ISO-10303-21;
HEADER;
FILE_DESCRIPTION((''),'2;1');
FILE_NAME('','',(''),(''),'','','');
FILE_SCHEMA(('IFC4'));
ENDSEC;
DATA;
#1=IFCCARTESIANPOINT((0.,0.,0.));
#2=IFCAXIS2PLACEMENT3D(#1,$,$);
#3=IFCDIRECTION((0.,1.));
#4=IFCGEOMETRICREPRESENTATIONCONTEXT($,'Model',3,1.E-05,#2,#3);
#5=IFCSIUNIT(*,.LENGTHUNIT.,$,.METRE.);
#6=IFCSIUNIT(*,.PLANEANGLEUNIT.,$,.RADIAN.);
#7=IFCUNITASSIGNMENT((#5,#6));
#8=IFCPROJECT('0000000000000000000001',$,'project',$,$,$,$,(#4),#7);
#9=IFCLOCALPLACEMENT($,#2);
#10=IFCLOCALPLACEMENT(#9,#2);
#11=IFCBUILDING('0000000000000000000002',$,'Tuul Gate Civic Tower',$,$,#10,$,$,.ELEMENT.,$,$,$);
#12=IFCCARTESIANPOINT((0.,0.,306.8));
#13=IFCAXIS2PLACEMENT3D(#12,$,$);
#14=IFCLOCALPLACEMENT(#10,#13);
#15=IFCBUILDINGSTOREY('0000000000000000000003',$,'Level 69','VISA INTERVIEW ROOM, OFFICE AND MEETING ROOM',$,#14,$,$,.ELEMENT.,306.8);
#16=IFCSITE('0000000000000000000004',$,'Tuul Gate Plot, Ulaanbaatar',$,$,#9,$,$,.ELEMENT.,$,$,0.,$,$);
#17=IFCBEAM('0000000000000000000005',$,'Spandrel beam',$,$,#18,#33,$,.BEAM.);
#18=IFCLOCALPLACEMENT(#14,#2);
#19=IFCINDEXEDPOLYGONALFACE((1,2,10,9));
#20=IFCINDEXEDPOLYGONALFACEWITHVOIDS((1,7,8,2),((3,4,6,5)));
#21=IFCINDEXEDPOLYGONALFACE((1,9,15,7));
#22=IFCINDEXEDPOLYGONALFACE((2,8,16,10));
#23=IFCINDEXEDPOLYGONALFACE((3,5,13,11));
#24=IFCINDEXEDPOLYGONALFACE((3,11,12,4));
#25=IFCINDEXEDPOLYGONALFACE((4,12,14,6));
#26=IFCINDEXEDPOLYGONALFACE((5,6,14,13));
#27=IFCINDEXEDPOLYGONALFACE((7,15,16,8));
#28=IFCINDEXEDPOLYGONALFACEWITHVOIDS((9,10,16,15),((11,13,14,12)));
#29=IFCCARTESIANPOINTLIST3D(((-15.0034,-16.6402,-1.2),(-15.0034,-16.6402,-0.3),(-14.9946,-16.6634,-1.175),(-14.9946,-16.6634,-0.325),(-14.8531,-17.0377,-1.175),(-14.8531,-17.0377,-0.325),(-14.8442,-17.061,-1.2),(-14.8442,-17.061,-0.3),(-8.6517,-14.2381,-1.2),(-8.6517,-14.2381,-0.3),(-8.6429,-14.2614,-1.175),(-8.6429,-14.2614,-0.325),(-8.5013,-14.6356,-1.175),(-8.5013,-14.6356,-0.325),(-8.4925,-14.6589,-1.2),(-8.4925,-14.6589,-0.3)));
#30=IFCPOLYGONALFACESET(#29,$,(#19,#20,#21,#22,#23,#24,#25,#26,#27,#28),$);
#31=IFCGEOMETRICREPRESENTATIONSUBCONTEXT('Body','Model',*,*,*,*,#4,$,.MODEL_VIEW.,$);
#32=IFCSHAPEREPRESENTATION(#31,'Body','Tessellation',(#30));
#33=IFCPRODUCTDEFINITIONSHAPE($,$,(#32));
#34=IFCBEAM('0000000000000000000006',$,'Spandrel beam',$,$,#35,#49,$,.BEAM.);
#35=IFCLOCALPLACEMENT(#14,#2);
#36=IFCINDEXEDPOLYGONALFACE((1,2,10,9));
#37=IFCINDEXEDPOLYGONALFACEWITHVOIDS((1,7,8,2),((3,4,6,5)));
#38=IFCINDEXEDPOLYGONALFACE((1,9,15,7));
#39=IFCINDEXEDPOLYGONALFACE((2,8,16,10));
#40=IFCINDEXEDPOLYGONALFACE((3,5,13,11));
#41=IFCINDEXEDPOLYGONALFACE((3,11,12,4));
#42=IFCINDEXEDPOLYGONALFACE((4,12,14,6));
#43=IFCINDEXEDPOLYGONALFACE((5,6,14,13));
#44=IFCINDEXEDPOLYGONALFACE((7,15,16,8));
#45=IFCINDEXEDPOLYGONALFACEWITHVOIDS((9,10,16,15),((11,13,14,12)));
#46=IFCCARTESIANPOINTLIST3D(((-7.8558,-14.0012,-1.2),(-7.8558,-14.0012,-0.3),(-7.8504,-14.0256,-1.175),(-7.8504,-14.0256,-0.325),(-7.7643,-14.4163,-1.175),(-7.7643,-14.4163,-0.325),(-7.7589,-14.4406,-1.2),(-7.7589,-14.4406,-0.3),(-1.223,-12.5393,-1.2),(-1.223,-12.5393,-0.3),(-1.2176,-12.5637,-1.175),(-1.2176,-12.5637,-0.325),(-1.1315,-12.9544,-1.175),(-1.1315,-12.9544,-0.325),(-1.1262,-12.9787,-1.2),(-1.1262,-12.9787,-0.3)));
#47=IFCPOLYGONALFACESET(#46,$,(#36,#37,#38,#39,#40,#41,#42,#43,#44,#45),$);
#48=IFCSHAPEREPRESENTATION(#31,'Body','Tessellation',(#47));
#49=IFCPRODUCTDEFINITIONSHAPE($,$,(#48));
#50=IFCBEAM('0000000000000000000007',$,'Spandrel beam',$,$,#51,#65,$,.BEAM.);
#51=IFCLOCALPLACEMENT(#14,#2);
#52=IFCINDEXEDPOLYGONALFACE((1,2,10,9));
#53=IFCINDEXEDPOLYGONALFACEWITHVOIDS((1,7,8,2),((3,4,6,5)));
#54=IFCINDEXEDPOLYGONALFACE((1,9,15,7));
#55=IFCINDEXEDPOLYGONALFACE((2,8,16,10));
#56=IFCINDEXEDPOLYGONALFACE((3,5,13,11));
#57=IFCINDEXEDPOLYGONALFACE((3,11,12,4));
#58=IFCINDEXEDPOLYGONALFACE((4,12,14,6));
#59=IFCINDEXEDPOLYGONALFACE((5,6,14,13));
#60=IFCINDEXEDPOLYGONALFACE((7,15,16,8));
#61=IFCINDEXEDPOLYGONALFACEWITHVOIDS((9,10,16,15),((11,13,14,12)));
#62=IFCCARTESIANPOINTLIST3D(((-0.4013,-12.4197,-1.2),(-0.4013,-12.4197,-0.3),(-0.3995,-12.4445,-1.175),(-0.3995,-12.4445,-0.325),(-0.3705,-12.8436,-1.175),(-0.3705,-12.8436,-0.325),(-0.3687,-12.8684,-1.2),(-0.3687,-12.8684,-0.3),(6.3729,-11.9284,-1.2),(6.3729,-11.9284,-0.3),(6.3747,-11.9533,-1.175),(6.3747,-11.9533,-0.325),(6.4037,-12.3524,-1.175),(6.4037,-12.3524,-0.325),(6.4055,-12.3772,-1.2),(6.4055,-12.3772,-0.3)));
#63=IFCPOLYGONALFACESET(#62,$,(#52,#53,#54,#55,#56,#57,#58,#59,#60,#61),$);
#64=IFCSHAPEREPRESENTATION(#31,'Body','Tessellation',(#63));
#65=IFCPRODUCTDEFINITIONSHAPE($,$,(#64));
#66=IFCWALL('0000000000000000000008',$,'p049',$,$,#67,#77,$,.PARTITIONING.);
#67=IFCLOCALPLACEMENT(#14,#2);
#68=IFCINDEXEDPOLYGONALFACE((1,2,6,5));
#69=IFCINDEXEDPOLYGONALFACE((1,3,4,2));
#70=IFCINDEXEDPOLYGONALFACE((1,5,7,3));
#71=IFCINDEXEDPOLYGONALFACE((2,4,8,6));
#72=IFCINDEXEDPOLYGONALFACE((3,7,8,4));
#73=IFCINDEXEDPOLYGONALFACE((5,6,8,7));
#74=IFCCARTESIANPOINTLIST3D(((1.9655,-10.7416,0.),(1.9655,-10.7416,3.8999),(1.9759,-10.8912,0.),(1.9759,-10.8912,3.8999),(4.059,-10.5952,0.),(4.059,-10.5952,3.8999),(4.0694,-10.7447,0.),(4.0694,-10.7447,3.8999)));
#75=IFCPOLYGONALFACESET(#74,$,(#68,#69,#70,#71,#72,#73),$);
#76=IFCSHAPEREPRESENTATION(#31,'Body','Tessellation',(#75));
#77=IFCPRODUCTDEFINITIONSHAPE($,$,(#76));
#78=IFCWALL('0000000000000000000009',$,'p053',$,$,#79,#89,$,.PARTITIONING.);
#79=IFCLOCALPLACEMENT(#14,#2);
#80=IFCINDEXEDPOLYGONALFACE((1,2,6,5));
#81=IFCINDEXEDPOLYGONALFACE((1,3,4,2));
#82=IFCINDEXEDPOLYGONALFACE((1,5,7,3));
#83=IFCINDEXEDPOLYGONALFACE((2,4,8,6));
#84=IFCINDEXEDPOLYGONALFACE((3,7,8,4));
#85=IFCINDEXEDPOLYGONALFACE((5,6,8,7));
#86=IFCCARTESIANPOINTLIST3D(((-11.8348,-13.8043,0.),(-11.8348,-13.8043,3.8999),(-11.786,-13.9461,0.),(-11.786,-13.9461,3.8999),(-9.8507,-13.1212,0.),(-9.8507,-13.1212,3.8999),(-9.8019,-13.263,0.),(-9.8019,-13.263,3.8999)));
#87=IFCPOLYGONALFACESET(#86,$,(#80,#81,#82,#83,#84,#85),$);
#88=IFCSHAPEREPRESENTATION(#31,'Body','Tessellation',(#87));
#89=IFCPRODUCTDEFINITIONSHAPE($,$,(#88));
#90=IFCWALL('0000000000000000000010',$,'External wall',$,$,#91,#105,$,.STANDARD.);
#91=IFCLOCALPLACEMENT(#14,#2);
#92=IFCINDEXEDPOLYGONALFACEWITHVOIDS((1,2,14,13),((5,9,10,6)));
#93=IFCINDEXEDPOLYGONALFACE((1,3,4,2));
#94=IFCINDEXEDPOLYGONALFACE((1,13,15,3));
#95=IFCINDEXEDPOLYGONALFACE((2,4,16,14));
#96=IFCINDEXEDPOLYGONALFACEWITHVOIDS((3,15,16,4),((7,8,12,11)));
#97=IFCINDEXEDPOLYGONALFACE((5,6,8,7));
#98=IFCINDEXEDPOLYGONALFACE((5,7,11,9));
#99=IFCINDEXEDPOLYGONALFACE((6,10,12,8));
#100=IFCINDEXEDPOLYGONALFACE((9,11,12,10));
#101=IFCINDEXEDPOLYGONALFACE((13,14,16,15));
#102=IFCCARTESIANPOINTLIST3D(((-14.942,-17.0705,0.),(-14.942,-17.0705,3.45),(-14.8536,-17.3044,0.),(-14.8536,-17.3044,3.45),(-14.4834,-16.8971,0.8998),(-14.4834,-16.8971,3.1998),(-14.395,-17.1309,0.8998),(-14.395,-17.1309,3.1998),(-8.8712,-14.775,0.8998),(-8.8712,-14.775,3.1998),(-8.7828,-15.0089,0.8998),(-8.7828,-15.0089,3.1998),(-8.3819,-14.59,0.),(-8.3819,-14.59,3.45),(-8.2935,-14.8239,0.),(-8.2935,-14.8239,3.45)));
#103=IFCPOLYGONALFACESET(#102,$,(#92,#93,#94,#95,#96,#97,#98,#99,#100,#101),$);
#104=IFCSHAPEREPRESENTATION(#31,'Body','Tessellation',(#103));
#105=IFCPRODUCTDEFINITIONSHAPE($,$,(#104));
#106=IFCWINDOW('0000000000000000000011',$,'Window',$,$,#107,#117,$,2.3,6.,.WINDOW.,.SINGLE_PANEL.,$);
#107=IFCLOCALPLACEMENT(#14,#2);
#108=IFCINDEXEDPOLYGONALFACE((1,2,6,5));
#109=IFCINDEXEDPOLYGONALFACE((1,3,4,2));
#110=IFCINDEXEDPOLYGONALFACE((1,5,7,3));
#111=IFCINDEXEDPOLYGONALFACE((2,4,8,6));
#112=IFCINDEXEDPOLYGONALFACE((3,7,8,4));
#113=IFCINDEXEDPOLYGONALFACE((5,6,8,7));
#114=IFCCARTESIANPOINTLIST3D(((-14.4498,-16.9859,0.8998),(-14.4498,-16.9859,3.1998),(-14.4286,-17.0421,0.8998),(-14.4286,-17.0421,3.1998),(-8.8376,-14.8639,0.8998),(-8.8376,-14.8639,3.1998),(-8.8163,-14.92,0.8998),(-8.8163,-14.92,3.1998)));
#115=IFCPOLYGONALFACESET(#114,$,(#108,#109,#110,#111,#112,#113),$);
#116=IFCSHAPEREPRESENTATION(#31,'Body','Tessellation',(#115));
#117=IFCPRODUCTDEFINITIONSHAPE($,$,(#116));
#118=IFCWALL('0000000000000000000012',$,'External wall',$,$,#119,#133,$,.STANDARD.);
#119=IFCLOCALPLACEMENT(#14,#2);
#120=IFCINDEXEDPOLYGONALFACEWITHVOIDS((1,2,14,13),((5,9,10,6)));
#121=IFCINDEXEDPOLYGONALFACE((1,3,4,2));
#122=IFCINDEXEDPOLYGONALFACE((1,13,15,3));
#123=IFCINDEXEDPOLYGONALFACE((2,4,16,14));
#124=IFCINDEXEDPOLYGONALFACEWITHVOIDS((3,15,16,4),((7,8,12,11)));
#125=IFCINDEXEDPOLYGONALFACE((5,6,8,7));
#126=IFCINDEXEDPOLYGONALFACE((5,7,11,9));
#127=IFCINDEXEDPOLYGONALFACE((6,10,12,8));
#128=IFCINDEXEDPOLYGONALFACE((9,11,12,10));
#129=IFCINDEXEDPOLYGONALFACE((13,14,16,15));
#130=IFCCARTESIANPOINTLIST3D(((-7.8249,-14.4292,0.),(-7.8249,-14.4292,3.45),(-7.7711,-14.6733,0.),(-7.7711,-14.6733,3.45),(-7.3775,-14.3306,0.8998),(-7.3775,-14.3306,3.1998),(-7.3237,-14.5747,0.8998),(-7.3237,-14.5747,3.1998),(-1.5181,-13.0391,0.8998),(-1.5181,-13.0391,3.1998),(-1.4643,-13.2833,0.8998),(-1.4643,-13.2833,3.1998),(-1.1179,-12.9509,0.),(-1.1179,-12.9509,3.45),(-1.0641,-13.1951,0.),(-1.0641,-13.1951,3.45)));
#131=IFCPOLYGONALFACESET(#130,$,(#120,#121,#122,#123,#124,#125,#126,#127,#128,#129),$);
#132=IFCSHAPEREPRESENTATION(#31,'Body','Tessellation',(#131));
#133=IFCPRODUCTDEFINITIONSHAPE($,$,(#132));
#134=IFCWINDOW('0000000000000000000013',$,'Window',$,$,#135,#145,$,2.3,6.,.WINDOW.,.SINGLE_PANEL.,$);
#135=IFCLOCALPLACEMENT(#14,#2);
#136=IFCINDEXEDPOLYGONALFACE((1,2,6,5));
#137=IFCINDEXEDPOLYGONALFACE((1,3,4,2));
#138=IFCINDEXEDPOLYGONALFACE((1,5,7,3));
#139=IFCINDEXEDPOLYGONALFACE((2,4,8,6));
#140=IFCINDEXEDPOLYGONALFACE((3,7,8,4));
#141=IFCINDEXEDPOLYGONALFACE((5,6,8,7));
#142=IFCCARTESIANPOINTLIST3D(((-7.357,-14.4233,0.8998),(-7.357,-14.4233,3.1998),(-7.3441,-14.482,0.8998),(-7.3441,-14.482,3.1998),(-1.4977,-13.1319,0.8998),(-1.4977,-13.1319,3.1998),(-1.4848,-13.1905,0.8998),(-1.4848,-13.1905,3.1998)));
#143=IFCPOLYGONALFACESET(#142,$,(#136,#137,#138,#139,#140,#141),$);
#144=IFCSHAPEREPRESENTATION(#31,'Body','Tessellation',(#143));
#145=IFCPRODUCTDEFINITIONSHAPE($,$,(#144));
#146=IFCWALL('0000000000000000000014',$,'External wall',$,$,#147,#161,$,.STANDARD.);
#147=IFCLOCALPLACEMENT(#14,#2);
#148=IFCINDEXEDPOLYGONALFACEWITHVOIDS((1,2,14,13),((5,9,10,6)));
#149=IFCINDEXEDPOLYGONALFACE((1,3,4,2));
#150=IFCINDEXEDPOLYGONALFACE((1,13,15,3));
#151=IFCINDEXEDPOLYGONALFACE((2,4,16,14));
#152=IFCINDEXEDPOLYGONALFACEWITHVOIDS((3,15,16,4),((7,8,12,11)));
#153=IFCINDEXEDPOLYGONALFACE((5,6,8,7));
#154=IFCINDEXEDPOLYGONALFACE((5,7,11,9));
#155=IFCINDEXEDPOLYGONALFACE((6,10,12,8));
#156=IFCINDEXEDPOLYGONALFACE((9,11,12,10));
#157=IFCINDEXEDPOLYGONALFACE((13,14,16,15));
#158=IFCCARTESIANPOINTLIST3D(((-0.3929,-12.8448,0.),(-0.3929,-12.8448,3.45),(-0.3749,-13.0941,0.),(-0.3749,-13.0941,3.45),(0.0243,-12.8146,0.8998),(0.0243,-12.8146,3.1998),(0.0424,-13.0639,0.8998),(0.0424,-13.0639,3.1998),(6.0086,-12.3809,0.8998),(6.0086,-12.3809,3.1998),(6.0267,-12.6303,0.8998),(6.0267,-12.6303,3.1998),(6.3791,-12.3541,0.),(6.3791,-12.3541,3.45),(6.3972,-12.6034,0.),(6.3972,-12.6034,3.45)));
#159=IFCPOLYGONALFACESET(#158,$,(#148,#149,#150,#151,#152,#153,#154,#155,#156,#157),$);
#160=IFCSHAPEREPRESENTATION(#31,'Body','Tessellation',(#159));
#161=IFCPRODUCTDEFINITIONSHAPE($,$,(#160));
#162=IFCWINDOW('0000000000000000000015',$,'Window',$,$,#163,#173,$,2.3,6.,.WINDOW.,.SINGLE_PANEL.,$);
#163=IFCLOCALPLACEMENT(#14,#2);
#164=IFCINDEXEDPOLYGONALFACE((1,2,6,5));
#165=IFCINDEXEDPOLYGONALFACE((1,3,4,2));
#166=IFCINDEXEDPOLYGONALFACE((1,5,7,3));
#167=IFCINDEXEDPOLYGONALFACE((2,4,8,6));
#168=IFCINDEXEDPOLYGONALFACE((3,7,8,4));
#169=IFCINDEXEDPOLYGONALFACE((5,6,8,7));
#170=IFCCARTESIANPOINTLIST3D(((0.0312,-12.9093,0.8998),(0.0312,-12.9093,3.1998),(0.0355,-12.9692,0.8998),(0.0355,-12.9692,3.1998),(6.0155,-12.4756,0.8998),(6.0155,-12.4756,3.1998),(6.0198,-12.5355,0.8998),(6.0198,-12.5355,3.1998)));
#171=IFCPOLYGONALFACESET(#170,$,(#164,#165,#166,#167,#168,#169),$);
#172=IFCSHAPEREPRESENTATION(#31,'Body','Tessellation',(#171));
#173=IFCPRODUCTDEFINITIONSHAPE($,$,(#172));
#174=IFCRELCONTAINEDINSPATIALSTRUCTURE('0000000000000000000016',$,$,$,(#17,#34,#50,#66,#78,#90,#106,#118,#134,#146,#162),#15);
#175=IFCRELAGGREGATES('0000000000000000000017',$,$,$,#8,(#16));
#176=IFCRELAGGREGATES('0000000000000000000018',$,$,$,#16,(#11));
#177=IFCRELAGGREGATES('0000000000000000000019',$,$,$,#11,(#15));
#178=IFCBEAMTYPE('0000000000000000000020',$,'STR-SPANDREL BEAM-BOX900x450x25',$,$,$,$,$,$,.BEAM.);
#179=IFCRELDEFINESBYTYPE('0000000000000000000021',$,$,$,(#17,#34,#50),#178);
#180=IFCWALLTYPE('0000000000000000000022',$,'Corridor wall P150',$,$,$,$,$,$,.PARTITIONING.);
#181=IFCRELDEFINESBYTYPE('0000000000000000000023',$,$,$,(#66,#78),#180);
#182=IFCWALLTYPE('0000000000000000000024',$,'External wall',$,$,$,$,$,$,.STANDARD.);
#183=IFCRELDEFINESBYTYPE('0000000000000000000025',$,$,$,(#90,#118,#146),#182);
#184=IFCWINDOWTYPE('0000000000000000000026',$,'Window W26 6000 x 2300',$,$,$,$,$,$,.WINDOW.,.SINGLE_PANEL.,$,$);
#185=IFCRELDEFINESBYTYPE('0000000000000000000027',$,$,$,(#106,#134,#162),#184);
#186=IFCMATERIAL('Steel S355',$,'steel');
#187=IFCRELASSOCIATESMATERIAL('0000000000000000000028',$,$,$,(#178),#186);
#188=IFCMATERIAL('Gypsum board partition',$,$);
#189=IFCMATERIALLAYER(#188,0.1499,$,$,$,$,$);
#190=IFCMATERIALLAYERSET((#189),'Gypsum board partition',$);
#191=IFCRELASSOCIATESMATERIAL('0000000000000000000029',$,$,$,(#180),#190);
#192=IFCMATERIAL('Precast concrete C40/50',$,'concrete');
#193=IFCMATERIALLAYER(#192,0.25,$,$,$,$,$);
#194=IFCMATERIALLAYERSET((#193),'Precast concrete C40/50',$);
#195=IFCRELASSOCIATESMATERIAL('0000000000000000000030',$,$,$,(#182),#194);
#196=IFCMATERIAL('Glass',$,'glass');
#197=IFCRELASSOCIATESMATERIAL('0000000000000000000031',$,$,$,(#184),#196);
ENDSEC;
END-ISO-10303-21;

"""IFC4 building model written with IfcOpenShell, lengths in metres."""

from ifc_helpers import new_model, si_unit, direction, frame, frame_2d, origin, origin_2d, place, context, subcontext, project, spatial, rectangle, hollow_rectangle, extrude, material, layer, layer_set, material_profile, profile_set, type_object, element, fill, save


model = new_model("IFC4")

# Units and contexts
model_context = context("Model", 3, precision=1e-05, world=origin(), true_north=direction((0.0, 1.0)))
body_context = subcontext(model_context, "Body", "Model", "MODEL_VIEW")
ifc_project = project(units=[si_unit("LENGTHUNIT", "METRE"), si_unit("PLANEANGLEUNIT", "RADIAN")], contexts=[model_context])

# Site, building, storey
site_placement = place(None, origin())
site = spatial("IfcSite", under=ifc_project, at=site_placement, Name="Tuul Gate Plot, Ulaanbaatar", CompositionType="ELEMENT", RefElevation=0.0)
building_placement = place(site_placement, origin())
building = spatial("IfcBuilding", under=site, at=building_placement, Name="Tuul Gate Civic Tower", CompositionType="ELEMENT")
storey_placement = place(building_placement, frame((0.0, 0.0, 306.8)))
storey = spatial("IfcBuildingStorey", under=building, at=storey_placement, Name="Level 69", Description="VISA INTERVIEW ROOM, OFFICE AND MEETING ROOM", CompositionType="ELEMENT", Elevation=306.8)

# Beams
ifc_material_1 = material(Name="Steel S355", Category="steel")
ifc_material_profile_1 = material_profile(ifc_material_1, hollow_rectangle(XDim=0.45, YDim=0.8999, WallThickness=0.0249, at=origin_2d()), Name="BOX900x450x25")
ifc_profile_set_1 = profile_set([ifc_material_profile_1], Name="Steel S355")
beam_type_1 = type_object("IfcBeamType", Name="STR-SPANDREL BEAM-BOX900x450x25", PredefinedType="BEAM", material=ifc_profile_set_1)
beam_1_placement = place(storey_placement, frame((-14.9238, -16.8506, -0.75), z_axis=(0.935349, 0.353726, 0.0), x_axis=(-0.353726, 0.935349, 0.0)))
element("IfcBeam", 1, at=beam_1_placement, inside=storey, type_object=beam_type_1, Name="Spandrel beam", PredefinedType="BEAM", context=body_context, shape_type="SweptSolid", body=[
    extrude(hollow_rectangle(XDim=0.45, YDim=0.8999, WallThickness=0.0249, at=origin_2d()), origin(), (0.0, 0.0, 1.0), 6.7908),
])
for number, where, z_axis, x_axis, name in (
    (2, (-7.8074, -14.2209, -0.75), (0.976561, 0.21524, 0.0), (-0.21524, 0.976561, 0.0), "Spandrel beam"),
    (3, (-0.385, -12.644, -0.75), (0.997381, 0.072322, 0.0), (-0.072322, 0.997381, 0.0), "Spandrel beam"),
):
    element("IfcBeam", number, at=place(storey_placement, frame(where, z_axis=z_axis, x_axis=x_axis)), inside=storey, type_object=beam_type_1, Name=name, PredefinedType="BEAM", context=body_context, shape_type="SweptSolid", body=[
        extrude(hollow_rectangle(XDim=0.45, YDim=0.8999, WallThickness=0.0249, at=origin_2d()), origin(), (0.0, 0.0, 1.0), 6.792),
    ])

# Walls
ifc_material_2 = material(Name="Gypsum board partition")
ifc_layer_1 = layer(ifc_material_2, 0.1499)
ifc_layer_set_1 = layer_set([ifc_layer_1], Name="Gypsum board partition")
wall_type_1 = type_object("IfcWallType", Name="Corridor wall P150", PredefinedType="PARTITIONING", material=ifc_layer_set_1)
wall_1_placement = place(storey_placement, frame((1.9707, -10.8164, 0.0), z_axis=(0.0, 0.0, 1.0), x_axis=(0.997561, 0.0698, 0.0)))
element("IfcWall", 4, at=wall_1_placement, inside=storey, type_object=wall_type_1, Name="p049", PredefinedType="PARTITIONING", context=body_context, shape_type="SweptSolid", body=[
    extrude(rectangle(XDim=2.0986, YDim=0.1499, at=frame_2d((1.0493, 0.0))), origin(), (0.0, 0.0, 1.0), 3.8999),
])
wall_2_placement = place(storey_placement, frame((-11.8105, -13.8752, 0.0), z_axis=(0.0, 0.0, 1.0), x_axis=(0.945531, 0.325532, 0.0)))
element("IfcWall", 5, at=wall_2_placement, inside=storey, type_object=wall_type_1, Name="p053", PredefinedType="PARTITIONING", context=body_context, shape_type="SweptSolid", body=[
    extrude(rectangle(XDim=2.0984, YDim=0.1499, at=frame_2d((1.0493, 0.0))), origin(), (0.0, 0.0, 1.0), 3.8999),
])

# Walls, openings, windows
ifc_material_3 = material(Name="Precast concrete C40/50", Category="concrete")
ifc_layer_2 = layer(ifc_material_3, 0.25)
ifc_layer_set_2 = layer_set([ifc_layer_2], Name="Precast concrete C40/50")
wall_type_2 = type_object("IfcWallType", Name="External wall", PredefinedType="STANDARD", material=ifc_layer_set_2)
wall_3_placement = place(storey_placement, frame((-14.8979, -17.1875, 0.0), z_axis=(0.0, 0.0, 1.0), x_axis=(0.935367, 0.353678, 0.0)))
wall_3 = element("IfcWall", 6, at=wall_3_placement, inside=storey, type_object=wall_type_2, Name="External wall", PredefinedType="STANDARD", context=body_context, shape_type="SweptSolid", body=[
    extrude(rectangle(XDim=7.0134, YDim=0.25, at=frame_2d((3.5068, 0.0))), origin(), (0.0, 0.0, 1.0), 3.45),
])
opening_1_placement = place(wall_3_placement, frame((0.4905, 0.0, 0.8999)))
opening_1 = element("IfcOpeningElement", 7, at=opening_1_placement, cuts=wall_3, PredefinedType="OPENING", context=body_context, shape_type="SweptSolid", body=[
    extrude(rectangle(XDim=6.0, YDim=2.3, at=frame_2d((3.0, 1.1499))), frame((0.0, 0.135, 0.0), z_axis=(0.0, -1.0, 0.0), x_axis=(1.0, 0.0, 0.0)), (0.0, 0.0, 1.0), 0.27),
])
ifc_material_4 = material(Name="Glass", Category="glass")
window_type = type_object("IfcWindowType", Name="Window W26 6000 x 2300", PartitioningType="SINGLE_PANEL", PredefinedType="WINDOW", material=ifc_material_4)
window_1_placement = place(opening_1_placement, origin())
window_1 = element("IfcWindow", 8, at=window_1_placement, inside=storey, type_object=window_type, Name="Window", OverallHeight=2.3, OverallWidth=6.0, PartitioningType="SINGLE_PANEL", PredefinedType="WINDOW", context=body_context, shape_type="SweptSolid", body=[
    extrude(rectangle(XDim=6.0, YDim=2.3, at=frame_2d((3.0, 1.1499))), frame((0.0, 0.03, 0.0), z_axis=(0.0, -1.0, 0.0), x_axis=(1.0, 0.0, 0.0)), (0.0, 0.0, 1.0), 0.0601),
])
fill(opening_1, window_1)
wall_4_placement = place(storey_placement, frame((-7.7981, -14.5513, 0.0), z_axis=(0.0, 0.0, 1.0), x_axis=(0.976561, 0.21524, 0.0)))
wall_4 = element("IfcWall", 9, at=wall_4_placement, inside=storey, type_object=wall_type_2, Name="External wall", PredefinedType="STANDARD", context=body_context, shape_type="SweptSolid", body=[
    extrude(rectangle(XDim=6.8679, YDim=0.25, at=frame_2d((3.4341, 0.0))), origin(), (0.0, 0.0, 1.0), 3.45),
])
opening_2_placement = place(wall_4_placement, frame((0.4583, 0.0, 0.8999)))
opening_2 = element("IfcOpeningElement", 10, at=opening_2_placement, cuts=wall_4, PredefinedType="OPENING", context=body_context, shape_type="SweptSolid", body=[
    extrude(rectangle(XDim=6.0, YDim=2.3, at=frame_2d((3.0, 1.1499))), frame((0.0, 0.135, 0.0), z_axis=(0.0, -1.0, 0.0), x_axis=(1.0, 0.0, 0.0)), (0.0, 0.0, 1.0), 0.27),
])
window_2_placement = place(opening_2_placement, origin())
window_2 = element("IfcWindow", 11, at=window_2_placement, inside=storey, type_object=window_type, Name="Window", OverallHeight=2.3, OverallWidth=6.0, PartitioningType="SINGLE_PANEL", PredefinedType="WINDOW", context=body_context, shape_type="SweptSolid", body=[
    extrude(rectangle(XDim=6.0, YDim=2.3, at=frame_2d((3.0, 1.1499))), frame((0.0, 0.03, 0.0), z_axis=(0.0, -1.0, 0.0), x_axis=(1.0, 0.0, 0.0)), (0.0, 0.0, 1.0), 0.0601),
])
fill(opening_2, window_2)
wall_5_placement = place(storey_placement, frame((-0.384, -12.9695, 0.0), z_axis=(0.0, 0.0, 1.0), x_axis=(0.997385, 0.072274, 0.0)))
wall_5 = element("IfcWall", 12, at=wall_5_placement, inside=storey, type_object=wall_type_2, Name="External wall", PredefinedType="STANDARD", context=body_context, shape_type="SweptSolid", body=[
    extrude(rectangle(XDim=6.7898, YDim=0.25, at=frame_2d((3.395, 0.0))), origin(), (0.0, 0.0, 1.0), 3.45),
])
opening_3_placement = place(wall_5_placement, frame((0.4185, 0.0, 0.8999)))
opening_3 = element("IfcOpeningElement", 13, at=opening_3_placement, cuts=wall_5, PredefinedType="OPENING", context=body_context, shape_type="SweptSolid", body=[
    extrude(rectangle(XDim=6.0, YDim=2.3, at=frame_2d((3.0, 1.1499))), frame((0.0, 0.135, 0.0), z_axis=(0.0, -1.0, 0.0), x_axis=(1.0, 0.0, 0.0)), (0.0, 0.0, 1.0), 0.27),
])
window_3_placement = place(opening_3_placement, origin())
window_3 = element("IfcWindow", 14, at=window_3_placement, inside=storey, type_object=window_type, Name="Window", OverallHeight=2.3, OverallWidth=6.0, PartitioningType="SINGLE_PANEL", PredefinedType="WINDOW", context=body_context, shape_type="SweptSolid", body=[
    extrude(rectangle(XDim=6.0, YDim=2.3, at=frame_2d((3.0, 1.1499))), frame((0.0, 0.03, 0.0), z_axis=(0.0, -1.0, 0.0), x_axis=(1.0, 0.0, 0.0)), (0.0, 0.0, 1.0), 0.0601),
])
fill(opening_3, window_3)

save(model, "model.ifc")
